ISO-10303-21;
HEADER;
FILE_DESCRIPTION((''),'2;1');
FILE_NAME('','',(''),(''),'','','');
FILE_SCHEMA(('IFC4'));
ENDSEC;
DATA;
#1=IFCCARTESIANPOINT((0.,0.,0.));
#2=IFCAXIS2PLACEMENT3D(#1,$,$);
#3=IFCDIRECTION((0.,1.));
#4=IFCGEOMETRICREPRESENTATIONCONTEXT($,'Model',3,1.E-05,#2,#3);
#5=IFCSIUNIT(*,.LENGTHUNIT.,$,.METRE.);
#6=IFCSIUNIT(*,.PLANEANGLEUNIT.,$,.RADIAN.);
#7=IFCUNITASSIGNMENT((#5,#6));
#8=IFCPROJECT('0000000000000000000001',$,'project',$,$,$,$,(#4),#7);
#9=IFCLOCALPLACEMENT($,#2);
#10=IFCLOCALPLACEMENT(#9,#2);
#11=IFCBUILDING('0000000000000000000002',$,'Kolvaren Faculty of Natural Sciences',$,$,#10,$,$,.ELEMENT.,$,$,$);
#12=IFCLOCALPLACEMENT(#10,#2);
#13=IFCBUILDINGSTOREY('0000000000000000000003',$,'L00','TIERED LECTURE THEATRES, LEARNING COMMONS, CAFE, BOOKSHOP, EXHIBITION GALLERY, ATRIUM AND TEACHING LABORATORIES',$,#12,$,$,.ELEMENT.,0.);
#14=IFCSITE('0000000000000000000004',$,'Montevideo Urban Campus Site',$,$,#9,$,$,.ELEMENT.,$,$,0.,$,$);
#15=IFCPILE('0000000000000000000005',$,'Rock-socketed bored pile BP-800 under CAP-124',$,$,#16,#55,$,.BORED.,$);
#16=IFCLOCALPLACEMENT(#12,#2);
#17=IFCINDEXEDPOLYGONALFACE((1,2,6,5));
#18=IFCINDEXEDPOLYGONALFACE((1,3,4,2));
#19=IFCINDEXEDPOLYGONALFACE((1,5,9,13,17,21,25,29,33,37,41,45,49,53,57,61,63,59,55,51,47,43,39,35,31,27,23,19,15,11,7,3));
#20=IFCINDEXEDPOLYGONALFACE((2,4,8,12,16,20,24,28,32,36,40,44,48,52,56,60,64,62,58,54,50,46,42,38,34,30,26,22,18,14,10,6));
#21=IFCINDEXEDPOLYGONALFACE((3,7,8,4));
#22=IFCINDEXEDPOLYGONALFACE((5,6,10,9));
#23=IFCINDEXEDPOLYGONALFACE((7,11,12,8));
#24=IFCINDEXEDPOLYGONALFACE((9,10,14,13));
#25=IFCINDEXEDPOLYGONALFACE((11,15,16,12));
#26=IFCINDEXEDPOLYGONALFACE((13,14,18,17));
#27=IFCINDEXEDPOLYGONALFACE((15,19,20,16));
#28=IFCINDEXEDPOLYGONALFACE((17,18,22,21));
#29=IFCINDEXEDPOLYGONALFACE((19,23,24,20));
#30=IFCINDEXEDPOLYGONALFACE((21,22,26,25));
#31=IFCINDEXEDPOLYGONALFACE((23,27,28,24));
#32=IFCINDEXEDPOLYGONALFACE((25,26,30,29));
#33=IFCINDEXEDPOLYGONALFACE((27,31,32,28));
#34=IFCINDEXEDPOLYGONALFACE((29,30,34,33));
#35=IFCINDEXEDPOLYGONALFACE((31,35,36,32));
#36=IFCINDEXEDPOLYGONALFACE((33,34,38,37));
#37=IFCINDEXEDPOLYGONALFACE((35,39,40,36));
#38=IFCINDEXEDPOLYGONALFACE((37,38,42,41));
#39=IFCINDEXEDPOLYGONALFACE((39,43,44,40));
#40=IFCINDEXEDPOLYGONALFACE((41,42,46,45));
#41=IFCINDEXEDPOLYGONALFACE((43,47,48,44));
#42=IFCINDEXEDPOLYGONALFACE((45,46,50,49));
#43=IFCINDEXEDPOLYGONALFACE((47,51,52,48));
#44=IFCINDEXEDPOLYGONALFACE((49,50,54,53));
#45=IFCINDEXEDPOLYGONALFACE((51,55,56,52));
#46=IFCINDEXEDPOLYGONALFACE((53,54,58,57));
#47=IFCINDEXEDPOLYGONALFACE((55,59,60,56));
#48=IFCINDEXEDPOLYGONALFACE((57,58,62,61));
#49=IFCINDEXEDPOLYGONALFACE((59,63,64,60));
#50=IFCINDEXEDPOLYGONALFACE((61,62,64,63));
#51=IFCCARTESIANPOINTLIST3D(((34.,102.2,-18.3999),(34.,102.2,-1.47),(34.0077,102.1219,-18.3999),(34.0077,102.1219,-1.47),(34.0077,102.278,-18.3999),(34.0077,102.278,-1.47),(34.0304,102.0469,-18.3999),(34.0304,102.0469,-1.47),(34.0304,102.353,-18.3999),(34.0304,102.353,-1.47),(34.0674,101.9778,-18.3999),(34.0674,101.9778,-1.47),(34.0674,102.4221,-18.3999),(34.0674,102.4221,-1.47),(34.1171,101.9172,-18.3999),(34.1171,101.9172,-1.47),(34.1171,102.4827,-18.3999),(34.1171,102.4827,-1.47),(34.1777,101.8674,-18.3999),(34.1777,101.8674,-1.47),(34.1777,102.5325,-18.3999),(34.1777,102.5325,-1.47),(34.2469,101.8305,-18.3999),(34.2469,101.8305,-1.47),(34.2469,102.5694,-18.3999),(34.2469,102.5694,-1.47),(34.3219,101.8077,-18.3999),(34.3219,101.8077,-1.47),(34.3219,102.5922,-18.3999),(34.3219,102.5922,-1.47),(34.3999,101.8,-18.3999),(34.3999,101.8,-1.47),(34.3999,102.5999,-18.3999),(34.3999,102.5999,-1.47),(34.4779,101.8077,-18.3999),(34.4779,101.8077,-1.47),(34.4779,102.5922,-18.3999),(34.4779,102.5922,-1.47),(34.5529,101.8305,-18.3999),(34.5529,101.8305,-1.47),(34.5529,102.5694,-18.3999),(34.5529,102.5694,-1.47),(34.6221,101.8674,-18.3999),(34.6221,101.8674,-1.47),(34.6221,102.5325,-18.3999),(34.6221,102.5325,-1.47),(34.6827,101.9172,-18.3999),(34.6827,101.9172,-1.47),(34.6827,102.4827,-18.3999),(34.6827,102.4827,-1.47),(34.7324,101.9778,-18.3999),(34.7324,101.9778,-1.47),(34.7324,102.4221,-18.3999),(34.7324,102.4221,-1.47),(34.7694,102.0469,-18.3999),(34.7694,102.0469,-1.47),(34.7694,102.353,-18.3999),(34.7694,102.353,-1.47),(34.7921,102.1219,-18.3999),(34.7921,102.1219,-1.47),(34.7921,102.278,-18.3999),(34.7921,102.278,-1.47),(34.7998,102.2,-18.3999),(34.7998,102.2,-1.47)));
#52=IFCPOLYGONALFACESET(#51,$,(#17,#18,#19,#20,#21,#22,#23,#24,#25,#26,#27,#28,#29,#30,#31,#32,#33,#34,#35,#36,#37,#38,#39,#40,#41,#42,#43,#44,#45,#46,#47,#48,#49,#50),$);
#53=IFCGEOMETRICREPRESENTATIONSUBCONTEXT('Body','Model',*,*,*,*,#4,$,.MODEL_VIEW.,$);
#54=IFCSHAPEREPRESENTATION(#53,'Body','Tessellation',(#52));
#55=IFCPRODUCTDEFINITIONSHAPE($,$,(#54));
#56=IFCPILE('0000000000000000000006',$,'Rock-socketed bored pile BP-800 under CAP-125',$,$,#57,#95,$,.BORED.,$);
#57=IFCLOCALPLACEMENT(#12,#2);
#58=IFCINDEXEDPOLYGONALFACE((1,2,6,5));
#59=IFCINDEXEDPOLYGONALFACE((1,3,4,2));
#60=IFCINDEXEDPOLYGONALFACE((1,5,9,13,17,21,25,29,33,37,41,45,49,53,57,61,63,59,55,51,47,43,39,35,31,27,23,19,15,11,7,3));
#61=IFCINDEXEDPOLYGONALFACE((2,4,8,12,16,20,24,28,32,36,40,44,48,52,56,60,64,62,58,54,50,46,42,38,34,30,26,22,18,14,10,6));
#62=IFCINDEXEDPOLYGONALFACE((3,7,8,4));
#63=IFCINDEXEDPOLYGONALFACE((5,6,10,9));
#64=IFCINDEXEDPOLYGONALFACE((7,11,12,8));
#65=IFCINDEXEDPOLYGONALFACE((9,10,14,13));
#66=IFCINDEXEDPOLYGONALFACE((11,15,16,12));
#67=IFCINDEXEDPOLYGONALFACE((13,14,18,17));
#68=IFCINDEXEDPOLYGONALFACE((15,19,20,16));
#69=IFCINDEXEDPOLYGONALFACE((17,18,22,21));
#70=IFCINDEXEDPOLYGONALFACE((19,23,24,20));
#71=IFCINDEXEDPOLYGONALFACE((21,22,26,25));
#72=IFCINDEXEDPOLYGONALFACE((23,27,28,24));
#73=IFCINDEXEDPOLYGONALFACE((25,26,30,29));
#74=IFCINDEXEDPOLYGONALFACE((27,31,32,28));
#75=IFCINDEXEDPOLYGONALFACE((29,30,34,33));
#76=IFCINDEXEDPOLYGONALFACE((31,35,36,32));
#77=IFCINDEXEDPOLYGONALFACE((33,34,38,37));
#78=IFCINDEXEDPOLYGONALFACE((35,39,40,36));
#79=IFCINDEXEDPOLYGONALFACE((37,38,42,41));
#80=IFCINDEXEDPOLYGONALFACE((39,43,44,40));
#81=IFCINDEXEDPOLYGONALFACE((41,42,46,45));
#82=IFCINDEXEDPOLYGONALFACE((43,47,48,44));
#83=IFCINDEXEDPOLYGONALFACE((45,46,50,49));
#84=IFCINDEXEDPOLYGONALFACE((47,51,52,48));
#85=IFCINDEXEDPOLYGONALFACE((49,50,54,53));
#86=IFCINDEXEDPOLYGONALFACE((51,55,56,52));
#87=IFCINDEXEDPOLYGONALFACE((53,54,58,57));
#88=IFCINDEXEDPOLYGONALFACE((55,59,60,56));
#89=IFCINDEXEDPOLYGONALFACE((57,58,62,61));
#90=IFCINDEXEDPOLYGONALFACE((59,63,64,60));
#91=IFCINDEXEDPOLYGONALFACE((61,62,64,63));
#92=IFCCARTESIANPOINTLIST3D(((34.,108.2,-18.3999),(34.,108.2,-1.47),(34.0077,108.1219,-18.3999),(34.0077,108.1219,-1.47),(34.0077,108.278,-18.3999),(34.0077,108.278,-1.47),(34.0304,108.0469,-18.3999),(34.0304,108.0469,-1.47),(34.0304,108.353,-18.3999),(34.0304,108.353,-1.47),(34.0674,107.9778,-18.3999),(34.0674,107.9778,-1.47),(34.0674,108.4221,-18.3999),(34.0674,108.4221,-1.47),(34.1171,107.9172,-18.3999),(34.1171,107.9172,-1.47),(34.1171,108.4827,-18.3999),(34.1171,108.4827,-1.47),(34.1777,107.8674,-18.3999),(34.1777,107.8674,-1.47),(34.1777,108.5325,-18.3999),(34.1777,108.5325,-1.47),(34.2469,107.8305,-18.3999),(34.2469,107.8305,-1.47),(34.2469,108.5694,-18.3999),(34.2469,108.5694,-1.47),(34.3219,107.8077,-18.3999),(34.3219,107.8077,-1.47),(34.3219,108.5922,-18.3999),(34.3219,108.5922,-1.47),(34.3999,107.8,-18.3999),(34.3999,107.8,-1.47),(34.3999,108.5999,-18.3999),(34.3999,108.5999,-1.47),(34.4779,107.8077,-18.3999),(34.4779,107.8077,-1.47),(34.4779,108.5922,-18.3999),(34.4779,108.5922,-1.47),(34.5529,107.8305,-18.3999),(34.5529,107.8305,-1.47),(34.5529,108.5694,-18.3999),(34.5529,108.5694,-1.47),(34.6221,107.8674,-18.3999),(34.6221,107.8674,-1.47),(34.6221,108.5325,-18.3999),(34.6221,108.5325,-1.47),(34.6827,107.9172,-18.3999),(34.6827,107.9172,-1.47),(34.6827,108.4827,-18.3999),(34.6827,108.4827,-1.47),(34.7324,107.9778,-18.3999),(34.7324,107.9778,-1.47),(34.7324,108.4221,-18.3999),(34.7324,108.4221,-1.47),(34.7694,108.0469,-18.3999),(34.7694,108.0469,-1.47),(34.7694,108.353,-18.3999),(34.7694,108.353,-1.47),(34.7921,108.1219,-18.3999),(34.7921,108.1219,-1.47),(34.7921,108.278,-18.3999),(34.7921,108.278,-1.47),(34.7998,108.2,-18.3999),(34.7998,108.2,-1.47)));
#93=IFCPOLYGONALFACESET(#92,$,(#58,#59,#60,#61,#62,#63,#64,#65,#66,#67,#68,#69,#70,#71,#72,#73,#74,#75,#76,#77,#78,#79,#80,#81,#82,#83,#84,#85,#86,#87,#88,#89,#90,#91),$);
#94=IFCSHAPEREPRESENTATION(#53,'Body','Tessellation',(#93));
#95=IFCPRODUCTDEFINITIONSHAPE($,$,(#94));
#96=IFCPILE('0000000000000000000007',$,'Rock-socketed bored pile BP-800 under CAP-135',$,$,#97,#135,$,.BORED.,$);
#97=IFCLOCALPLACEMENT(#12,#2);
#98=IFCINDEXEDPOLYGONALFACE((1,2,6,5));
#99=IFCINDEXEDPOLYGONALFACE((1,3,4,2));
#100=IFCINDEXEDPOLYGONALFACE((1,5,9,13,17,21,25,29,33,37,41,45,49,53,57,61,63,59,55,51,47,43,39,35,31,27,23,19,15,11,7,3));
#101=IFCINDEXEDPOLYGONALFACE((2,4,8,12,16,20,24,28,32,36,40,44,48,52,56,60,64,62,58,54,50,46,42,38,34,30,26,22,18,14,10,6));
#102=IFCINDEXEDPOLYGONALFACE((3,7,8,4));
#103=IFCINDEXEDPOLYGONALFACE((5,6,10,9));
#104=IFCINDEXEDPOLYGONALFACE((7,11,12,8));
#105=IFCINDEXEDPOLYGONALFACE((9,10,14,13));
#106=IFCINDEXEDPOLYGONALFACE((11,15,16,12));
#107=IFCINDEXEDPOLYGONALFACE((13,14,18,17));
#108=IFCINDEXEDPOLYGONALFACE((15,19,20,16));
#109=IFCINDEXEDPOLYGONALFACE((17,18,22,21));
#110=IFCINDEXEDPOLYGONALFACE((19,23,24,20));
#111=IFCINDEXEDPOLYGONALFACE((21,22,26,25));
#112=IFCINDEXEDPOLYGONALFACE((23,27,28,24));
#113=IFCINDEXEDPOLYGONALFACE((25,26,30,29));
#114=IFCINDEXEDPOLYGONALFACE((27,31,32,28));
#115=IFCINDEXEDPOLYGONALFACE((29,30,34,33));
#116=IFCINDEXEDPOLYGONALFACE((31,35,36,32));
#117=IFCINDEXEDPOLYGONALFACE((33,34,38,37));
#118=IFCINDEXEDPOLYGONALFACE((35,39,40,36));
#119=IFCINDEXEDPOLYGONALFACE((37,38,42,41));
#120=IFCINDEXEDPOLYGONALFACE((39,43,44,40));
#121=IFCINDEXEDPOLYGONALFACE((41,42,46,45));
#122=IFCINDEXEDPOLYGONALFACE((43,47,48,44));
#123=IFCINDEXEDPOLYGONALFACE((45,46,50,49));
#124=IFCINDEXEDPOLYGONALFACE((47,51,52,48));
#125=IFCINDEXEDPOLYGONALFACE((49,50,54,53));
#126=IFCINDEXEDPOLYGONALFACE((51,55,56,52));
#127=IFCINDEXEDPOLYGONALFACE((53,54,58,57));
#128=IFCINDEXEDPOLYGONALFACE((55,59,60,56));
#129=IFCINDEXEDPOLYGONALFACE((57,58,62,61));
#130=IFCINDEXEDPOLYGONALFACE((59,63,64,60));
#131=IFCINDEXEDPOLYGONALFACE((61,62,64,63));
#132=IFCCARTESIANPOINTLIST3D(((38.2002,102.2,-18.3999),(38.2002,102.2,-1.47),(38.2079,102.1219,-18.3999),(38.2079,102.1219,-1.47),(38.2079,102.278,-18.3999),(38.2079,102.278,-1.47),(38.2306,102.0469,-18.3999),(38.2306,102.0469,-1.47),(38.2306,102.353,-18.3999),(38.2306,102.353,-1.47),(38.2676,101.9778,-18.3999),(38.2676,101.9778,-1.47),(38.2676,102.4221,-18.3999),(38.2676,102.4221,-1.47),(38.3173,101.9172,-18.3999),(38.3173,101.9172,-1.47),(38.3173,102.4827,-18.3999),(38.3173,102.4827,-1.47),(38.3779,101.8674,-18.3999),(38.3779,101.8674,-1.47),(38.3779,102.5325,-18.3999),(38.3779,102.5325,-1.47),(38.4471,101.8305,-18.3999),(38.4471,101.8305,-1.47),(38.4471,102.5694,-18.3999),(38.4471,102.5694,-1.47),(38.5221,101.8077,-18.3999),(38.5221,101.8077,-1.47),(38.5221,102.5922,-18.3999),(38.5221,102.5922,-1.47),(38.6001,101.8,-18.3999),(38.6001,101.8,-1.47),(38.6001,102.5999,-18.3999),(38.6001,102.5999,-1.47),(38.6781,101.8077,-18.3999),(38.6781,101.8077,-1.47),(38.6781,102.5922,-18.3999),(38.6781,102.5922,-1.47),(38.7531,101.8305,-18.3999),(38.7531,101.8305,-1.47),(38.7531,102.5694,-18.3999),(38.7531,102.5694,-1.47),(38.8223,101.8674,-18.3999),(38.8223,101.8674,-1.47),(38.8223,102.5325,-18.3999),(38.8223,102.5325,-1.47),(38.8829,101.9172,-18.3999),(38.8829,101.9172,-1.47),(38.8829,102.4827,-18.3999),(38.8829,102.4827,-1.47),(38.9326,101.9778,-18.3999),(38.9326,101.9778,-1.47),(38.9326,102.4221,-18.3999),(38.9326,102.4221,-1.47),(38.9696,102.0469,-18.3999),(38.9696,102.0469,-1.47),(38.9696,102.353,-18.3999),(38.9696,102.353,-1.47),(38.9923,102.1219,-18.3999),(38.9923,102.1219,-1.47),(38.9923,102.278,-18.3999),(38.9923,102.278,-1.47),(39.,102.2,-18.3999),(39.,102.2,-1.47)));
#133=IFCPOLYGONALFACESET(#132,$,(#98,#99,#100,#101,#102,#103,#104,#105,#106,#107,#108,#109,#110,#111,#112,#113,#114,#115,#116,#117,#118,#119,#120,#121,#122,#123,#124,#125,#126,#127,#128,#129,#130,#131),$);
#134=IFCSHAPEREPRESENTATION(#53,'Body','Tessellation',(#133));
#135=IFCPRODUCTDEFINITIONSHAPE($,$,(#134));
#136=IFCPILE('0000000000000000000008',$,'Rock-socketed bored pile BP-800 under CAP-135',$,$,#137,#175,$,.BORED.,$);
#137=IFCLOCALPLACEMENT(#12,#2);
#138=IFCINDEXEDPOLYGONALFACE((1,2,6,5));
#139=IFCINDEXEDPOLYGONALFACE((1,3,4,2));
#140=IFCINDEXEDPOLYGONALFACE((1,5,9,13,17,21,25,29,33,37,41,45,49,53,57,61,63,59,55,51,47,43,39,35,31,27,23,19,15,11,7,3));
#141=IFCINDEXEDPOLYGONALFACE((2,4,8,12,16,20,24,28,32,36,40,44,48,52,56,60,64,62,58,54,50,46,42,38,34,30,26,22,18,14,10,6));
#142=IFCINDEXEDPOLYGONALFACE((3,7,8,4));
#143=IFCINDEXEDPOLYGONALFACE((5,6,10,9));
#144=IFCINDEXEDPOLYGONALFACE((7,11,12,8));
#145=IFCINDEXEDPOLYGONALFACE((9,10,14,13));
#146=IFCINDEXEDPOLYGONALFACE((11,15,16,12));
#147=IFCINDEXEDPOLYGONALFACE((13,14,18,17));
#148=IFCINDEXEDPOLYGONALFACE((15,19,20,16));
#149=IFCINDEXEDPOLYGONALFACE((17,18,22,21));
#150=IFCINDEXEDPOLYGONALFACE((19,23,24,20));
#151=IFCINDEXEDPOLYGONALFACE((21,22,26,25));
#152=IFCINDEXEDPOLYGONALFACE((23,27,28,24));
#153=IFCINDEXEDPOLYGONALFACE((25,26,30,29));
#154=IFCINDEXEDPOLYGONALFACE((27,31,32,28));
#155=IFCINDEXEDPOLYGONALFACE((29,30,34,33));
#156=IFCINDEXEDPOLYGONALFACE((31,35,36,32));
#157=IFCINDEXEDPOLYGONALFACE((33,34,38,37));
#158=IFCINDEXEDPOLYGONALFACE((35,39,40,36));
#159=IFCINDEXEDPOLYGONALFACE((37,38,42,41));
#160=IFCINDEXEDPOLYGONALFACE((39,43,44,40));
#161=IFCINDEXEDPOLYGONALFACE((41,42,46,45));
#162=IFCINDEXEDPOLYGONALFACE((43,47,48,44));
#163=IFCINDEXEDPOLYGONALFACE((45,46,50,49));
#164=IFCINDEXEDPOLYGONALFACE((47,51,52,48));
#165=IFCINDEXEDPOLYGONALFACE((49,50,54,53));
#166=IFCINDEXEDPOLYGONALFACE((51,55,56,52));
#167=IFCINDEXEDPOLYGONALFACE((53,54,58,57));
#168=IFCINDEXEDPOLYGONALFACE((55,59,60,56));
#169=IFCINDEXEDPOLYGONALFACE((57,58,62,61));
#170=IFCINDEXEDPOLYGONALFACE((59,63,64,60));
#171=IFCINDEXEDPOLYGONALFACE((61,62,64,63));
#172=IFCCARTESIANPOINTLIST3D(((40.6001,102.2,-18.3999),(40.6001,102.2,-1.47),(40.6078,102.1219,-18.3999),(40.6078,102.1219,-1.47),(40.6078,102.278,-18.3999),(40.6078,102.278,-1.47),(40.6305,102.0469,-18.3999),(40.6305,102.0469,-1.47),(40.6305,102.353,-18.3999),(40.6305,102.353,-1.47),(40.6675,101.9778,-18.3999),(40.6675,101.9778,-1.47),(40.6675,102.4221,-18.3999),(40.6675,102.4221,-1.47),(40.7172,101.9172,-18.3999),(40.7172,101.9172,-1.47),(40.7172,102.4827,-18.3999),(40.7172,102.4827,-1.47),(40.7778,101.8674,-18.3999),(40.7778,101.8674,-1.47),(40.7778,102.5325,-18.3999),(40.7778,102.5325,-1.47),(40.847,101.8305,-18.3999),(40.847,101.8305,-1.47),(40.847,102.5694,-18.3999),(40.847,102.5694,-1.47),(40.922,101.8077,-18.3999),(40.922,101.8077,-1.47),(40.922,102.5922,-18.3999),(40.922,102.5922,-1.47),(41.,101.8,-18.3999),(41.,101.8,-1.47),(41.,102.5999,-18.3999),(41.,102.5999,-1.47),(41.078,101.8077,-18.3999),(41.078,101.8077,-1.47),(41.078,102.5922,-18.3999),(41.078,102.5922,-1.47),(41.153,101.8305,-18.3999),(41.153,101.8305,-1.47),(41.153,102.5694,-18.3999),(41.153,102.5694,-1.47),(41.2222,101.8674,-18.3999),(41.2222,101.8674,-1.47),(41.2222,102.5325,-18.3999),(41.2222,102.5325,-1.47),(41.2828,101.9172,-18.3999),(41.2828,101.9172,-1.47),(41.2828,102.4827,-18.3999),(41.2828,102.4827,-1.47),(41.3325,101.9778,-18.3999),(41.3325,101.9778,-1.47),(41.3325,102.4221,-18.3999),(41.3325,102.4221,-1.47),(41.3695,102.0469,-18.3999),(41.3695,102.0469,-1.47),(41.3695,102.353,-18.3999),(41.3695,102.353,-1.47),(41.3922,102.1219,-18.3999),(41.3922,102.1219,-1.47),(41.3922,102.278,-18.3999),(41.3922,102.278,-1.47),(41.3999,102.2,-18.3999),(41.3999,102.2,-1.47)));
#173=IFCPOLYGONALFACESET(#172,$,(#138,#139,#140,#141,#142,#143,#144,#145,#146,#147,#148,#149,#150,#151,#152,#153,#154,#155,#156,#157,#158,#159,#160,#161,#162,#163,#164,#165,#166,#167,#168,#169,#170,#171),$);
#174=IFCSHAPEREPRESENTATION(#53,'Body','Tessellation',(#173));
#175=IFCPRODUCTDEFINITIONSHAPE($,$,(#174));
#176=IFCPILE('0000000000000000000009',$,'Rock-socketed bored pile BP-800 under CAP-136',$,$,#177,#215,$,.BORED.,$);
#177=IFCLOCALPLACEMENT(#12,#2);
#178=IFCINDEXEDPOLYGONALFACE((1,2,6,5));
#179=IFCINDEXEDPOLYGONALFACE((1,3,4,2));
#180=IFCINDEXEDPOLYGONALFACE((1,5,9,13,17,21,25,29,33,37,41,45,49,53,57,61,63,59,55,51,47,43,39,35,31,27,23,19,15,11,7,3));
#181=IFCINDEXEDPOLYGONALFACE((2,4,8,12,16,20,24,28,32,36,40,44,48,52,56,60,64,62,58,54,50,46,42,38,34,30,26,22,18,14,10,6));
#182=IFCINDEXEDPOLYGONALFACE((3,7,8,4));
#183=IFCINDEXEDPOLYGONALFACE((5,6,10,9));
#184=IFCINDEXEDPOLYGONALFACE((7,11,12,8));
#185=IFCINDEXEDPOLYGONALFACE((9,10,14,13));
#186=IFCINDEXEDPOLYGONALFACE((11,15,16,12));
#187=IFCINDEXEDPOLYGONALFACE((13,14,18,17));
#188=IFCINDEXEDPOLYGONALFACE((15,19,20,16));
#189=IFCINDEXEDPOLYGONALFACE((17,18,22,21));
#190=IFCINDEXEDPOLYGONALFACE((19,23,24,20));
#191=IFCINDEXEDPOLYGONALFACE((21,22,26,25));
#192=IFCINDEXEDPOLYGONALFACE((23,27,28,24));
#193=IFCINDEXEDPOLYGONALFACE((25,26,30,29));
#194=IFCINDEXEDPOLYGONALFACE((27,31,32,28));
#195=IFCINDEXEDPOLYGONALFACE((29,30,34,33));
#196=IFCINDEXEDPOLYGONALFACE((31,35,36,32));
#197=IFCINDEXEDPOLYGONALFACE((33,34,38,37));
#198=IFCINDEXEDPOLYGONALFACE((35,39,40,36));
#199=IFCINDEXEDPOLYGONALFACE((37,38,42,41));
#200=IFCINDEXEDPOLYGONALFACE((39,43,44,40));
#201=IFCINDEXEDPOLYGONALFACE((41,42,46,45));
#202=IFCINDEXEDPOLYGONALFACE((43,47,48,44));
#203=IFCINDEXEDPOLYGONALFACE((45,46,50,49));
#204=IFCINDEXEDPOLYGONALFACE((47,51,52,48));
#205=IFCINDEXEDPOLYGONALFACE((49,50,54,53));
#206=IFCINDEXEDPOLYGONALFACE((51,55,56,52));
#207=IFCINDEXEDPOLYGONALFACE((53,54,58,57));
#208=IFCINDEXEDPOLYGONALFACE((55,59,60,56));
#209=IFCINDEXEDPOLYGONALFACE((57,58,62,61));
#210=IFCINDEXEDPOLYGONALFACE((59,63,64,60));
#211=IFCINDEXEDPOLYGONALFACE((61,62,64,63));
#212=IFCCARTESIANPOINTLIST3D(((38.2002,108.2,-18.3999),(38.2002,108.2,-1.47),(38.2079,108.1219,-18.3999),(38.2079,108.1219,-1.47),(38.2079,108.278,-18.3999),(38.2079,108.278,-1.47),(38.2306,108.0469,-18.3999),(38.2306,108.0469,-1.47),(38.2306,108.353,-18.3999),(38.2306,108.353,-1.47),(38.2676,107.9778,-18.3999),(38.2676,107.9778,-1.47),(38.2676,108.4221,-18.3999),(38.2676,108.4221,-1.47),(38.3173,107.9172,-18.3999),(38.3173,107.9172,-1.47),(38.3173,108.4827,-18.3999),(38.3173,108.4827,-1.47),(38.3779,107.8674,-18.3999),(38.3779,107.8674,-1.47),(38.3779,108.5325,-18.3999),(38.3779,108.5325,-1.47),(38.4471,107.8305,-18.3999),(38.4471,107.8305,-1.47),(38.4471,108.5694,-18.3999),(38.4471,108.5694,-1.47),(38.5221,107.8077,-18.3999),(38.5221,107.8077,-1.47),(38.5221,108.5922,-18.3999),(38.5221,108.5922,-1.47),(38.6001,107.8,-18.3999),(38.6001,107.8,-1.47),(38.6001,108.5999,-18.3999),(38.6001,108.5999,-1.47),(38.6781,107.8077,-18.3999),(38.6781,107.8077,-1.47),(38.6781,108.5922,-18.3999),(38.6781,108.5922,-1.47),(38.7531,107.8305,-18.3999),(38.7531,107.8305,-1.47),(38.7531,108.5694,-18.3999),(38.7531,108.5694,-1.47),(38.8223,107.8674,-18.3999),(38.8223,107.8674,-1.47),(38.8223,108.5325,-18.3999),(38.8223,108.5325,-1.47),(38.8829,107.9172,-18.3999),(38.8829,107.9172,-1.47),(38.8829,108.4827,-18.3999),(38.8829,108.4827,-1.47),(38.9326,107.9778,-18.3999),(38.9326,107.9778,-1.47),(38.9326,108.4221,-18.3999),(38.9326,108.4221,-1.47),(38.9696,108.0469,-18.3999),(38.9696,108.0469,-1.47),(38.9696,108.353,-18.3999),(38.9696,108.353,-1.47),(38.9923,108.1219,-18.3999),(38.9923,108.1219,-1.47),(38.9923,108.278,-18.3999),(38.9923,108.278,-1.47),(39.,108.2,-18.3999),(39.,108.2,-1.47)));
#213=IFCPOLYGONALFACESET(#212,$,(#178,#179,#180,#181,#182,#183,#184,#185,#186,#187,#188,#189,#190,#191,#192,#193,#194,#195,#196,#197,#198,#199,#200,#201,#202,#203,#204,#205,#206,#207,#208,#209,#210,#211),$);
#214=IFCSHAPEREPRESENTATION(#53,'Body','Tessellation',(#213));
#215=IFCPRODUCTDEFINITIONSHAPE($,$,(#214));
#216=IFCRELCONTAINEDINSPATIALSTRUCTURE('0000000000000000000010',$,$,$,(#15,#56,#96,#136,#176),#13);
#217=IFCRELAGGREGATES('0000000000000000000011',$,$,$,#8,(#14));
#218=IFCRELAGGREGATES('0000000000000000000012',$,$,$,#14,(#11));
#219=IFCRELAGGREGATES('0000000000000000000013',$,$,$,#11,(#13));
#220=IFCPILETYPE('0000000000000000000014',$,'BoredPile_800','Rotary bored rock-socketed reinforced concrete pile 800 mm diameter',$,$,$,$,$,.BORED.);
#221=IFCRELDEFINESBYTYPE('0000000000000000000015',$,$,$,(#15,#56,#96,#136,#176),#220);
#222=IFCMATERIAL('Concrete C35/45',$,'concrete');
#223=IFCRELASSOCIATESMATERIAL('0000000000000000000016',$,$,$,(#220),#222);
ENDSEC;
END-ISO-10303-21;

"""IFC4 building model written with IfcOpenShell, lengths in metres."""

from ifc_helpers import new_model, si_unit, direction, frame, origin, origin_2d, place, context, subcontext, project, spatial, circle, extrude, material, material_profile, profile_set, type_object, element, save


model = new_model("IFC4")

# Units and contexts
model_context = context("Model", 3, precision=1e-05, world=origin(), true_north=direction((0.0, 1.0)))
body_context = subcontext(model_context, "Body", "Model", "MODEL_VIEW")
ifc_project = project(units=[si_unit("LENGTHUNIT", "METRE"), si_unit("PLANEANGLEUNIT", "RADIAN")], contexts=[model_context])

# Site, building, storey
site_placement = place(None, origin())
site = spatial("IfcSite", under=ifc_project, at=site_placement, Name="Montevideo Urban Campus Site", CompositionType="ELEMENT", RefElevation=0.0)
building_placement = place(site_placement, origin())
building = spatial("IfcBuilding", under=site, at=building_placement, Name="Kolvaren Faculty of Natural Sciences", CompositionType="ELEMENT")
storey_placement = place(building_placement, origin())
storey = spatial("IfcBuildingStorey", under=building, at=storey_placement, Name="L00", Description="TIERED LECTURE THEATRES, LEARNING COMMONS, CAFE, BOOKSHOP, EXHIBITION GALLERY, ATRIUM AND TEACHING LABORATORIES", CompositionType="ELEMENT", Elevation=0.0)

# Piles
ifc_material_1 = material(Name="Concrete C35/45", Category="concrete")
ifc_material_profile_1 = material_profile(ifc_material_1, circle(Radius=0.3999, at=origin_2d()), Name="PILE D800")
ifc_profile_set_1 = profile_set([ifc_material_profile_1], Name="Concrete C35/45")
pile_type = type_object("IfcPileType", Name="BoredPile_800", Description="Rotary bored rock-socketed reinforced concrete pile 800 mm diameter", PredefinedType="BORED", material=ifc_profile_set_1)
for number, where, z_axis, x_axis, name in (
    (1, (34.3999, 102.2, -1.47), (0.0, 0.0, -1.0), (1.0, 0.0, 0.0), "Rock-socketed bored pile BP-800 under CAP-124"),
    (2, (34.3999, 108.2, -1.47), (0.0, 0.0, -1.0), (1.0, 0.0, 0.0), "Rock-socketed bored pile BP-800 under CAP-125"),
    (3, (38.6001, 102.2, -1.47), (0.0, 0.0, -1.0), (1.0, 0.0, 0.0), "Rock-socketed bored pile BP-800 under CAP-135"),
    (4, (41.0, 102.2, -1.47), (0.0, 0.0, -1.0), (1.0, 0.0, 0.0), "Rock-socketed bored pile BP-800 under CAP-135"),
    (5, (38.6001, 108.2, -1.47), (0.0, 0.0, -1.0), (1.0, 0.0, 0.0), "Rock-socketed bored pile BP-800 under CAP-136"),
):
    element("IfcPile", number, at=place(storey_placement, frame(where, z_axis=z_axis, x_axis=x_axis)), inside=storey, type_object=pile_type, Name=name, PredefinedType="BORED", context=body_context, shape_type="SweptSolid", body=[
        extrude(circle(Radius=0.3999, at=origin_2d()), origin(), (0.0, 0.0, 1.0), 16.9299),
    ])

save(model, "model.ifc")
